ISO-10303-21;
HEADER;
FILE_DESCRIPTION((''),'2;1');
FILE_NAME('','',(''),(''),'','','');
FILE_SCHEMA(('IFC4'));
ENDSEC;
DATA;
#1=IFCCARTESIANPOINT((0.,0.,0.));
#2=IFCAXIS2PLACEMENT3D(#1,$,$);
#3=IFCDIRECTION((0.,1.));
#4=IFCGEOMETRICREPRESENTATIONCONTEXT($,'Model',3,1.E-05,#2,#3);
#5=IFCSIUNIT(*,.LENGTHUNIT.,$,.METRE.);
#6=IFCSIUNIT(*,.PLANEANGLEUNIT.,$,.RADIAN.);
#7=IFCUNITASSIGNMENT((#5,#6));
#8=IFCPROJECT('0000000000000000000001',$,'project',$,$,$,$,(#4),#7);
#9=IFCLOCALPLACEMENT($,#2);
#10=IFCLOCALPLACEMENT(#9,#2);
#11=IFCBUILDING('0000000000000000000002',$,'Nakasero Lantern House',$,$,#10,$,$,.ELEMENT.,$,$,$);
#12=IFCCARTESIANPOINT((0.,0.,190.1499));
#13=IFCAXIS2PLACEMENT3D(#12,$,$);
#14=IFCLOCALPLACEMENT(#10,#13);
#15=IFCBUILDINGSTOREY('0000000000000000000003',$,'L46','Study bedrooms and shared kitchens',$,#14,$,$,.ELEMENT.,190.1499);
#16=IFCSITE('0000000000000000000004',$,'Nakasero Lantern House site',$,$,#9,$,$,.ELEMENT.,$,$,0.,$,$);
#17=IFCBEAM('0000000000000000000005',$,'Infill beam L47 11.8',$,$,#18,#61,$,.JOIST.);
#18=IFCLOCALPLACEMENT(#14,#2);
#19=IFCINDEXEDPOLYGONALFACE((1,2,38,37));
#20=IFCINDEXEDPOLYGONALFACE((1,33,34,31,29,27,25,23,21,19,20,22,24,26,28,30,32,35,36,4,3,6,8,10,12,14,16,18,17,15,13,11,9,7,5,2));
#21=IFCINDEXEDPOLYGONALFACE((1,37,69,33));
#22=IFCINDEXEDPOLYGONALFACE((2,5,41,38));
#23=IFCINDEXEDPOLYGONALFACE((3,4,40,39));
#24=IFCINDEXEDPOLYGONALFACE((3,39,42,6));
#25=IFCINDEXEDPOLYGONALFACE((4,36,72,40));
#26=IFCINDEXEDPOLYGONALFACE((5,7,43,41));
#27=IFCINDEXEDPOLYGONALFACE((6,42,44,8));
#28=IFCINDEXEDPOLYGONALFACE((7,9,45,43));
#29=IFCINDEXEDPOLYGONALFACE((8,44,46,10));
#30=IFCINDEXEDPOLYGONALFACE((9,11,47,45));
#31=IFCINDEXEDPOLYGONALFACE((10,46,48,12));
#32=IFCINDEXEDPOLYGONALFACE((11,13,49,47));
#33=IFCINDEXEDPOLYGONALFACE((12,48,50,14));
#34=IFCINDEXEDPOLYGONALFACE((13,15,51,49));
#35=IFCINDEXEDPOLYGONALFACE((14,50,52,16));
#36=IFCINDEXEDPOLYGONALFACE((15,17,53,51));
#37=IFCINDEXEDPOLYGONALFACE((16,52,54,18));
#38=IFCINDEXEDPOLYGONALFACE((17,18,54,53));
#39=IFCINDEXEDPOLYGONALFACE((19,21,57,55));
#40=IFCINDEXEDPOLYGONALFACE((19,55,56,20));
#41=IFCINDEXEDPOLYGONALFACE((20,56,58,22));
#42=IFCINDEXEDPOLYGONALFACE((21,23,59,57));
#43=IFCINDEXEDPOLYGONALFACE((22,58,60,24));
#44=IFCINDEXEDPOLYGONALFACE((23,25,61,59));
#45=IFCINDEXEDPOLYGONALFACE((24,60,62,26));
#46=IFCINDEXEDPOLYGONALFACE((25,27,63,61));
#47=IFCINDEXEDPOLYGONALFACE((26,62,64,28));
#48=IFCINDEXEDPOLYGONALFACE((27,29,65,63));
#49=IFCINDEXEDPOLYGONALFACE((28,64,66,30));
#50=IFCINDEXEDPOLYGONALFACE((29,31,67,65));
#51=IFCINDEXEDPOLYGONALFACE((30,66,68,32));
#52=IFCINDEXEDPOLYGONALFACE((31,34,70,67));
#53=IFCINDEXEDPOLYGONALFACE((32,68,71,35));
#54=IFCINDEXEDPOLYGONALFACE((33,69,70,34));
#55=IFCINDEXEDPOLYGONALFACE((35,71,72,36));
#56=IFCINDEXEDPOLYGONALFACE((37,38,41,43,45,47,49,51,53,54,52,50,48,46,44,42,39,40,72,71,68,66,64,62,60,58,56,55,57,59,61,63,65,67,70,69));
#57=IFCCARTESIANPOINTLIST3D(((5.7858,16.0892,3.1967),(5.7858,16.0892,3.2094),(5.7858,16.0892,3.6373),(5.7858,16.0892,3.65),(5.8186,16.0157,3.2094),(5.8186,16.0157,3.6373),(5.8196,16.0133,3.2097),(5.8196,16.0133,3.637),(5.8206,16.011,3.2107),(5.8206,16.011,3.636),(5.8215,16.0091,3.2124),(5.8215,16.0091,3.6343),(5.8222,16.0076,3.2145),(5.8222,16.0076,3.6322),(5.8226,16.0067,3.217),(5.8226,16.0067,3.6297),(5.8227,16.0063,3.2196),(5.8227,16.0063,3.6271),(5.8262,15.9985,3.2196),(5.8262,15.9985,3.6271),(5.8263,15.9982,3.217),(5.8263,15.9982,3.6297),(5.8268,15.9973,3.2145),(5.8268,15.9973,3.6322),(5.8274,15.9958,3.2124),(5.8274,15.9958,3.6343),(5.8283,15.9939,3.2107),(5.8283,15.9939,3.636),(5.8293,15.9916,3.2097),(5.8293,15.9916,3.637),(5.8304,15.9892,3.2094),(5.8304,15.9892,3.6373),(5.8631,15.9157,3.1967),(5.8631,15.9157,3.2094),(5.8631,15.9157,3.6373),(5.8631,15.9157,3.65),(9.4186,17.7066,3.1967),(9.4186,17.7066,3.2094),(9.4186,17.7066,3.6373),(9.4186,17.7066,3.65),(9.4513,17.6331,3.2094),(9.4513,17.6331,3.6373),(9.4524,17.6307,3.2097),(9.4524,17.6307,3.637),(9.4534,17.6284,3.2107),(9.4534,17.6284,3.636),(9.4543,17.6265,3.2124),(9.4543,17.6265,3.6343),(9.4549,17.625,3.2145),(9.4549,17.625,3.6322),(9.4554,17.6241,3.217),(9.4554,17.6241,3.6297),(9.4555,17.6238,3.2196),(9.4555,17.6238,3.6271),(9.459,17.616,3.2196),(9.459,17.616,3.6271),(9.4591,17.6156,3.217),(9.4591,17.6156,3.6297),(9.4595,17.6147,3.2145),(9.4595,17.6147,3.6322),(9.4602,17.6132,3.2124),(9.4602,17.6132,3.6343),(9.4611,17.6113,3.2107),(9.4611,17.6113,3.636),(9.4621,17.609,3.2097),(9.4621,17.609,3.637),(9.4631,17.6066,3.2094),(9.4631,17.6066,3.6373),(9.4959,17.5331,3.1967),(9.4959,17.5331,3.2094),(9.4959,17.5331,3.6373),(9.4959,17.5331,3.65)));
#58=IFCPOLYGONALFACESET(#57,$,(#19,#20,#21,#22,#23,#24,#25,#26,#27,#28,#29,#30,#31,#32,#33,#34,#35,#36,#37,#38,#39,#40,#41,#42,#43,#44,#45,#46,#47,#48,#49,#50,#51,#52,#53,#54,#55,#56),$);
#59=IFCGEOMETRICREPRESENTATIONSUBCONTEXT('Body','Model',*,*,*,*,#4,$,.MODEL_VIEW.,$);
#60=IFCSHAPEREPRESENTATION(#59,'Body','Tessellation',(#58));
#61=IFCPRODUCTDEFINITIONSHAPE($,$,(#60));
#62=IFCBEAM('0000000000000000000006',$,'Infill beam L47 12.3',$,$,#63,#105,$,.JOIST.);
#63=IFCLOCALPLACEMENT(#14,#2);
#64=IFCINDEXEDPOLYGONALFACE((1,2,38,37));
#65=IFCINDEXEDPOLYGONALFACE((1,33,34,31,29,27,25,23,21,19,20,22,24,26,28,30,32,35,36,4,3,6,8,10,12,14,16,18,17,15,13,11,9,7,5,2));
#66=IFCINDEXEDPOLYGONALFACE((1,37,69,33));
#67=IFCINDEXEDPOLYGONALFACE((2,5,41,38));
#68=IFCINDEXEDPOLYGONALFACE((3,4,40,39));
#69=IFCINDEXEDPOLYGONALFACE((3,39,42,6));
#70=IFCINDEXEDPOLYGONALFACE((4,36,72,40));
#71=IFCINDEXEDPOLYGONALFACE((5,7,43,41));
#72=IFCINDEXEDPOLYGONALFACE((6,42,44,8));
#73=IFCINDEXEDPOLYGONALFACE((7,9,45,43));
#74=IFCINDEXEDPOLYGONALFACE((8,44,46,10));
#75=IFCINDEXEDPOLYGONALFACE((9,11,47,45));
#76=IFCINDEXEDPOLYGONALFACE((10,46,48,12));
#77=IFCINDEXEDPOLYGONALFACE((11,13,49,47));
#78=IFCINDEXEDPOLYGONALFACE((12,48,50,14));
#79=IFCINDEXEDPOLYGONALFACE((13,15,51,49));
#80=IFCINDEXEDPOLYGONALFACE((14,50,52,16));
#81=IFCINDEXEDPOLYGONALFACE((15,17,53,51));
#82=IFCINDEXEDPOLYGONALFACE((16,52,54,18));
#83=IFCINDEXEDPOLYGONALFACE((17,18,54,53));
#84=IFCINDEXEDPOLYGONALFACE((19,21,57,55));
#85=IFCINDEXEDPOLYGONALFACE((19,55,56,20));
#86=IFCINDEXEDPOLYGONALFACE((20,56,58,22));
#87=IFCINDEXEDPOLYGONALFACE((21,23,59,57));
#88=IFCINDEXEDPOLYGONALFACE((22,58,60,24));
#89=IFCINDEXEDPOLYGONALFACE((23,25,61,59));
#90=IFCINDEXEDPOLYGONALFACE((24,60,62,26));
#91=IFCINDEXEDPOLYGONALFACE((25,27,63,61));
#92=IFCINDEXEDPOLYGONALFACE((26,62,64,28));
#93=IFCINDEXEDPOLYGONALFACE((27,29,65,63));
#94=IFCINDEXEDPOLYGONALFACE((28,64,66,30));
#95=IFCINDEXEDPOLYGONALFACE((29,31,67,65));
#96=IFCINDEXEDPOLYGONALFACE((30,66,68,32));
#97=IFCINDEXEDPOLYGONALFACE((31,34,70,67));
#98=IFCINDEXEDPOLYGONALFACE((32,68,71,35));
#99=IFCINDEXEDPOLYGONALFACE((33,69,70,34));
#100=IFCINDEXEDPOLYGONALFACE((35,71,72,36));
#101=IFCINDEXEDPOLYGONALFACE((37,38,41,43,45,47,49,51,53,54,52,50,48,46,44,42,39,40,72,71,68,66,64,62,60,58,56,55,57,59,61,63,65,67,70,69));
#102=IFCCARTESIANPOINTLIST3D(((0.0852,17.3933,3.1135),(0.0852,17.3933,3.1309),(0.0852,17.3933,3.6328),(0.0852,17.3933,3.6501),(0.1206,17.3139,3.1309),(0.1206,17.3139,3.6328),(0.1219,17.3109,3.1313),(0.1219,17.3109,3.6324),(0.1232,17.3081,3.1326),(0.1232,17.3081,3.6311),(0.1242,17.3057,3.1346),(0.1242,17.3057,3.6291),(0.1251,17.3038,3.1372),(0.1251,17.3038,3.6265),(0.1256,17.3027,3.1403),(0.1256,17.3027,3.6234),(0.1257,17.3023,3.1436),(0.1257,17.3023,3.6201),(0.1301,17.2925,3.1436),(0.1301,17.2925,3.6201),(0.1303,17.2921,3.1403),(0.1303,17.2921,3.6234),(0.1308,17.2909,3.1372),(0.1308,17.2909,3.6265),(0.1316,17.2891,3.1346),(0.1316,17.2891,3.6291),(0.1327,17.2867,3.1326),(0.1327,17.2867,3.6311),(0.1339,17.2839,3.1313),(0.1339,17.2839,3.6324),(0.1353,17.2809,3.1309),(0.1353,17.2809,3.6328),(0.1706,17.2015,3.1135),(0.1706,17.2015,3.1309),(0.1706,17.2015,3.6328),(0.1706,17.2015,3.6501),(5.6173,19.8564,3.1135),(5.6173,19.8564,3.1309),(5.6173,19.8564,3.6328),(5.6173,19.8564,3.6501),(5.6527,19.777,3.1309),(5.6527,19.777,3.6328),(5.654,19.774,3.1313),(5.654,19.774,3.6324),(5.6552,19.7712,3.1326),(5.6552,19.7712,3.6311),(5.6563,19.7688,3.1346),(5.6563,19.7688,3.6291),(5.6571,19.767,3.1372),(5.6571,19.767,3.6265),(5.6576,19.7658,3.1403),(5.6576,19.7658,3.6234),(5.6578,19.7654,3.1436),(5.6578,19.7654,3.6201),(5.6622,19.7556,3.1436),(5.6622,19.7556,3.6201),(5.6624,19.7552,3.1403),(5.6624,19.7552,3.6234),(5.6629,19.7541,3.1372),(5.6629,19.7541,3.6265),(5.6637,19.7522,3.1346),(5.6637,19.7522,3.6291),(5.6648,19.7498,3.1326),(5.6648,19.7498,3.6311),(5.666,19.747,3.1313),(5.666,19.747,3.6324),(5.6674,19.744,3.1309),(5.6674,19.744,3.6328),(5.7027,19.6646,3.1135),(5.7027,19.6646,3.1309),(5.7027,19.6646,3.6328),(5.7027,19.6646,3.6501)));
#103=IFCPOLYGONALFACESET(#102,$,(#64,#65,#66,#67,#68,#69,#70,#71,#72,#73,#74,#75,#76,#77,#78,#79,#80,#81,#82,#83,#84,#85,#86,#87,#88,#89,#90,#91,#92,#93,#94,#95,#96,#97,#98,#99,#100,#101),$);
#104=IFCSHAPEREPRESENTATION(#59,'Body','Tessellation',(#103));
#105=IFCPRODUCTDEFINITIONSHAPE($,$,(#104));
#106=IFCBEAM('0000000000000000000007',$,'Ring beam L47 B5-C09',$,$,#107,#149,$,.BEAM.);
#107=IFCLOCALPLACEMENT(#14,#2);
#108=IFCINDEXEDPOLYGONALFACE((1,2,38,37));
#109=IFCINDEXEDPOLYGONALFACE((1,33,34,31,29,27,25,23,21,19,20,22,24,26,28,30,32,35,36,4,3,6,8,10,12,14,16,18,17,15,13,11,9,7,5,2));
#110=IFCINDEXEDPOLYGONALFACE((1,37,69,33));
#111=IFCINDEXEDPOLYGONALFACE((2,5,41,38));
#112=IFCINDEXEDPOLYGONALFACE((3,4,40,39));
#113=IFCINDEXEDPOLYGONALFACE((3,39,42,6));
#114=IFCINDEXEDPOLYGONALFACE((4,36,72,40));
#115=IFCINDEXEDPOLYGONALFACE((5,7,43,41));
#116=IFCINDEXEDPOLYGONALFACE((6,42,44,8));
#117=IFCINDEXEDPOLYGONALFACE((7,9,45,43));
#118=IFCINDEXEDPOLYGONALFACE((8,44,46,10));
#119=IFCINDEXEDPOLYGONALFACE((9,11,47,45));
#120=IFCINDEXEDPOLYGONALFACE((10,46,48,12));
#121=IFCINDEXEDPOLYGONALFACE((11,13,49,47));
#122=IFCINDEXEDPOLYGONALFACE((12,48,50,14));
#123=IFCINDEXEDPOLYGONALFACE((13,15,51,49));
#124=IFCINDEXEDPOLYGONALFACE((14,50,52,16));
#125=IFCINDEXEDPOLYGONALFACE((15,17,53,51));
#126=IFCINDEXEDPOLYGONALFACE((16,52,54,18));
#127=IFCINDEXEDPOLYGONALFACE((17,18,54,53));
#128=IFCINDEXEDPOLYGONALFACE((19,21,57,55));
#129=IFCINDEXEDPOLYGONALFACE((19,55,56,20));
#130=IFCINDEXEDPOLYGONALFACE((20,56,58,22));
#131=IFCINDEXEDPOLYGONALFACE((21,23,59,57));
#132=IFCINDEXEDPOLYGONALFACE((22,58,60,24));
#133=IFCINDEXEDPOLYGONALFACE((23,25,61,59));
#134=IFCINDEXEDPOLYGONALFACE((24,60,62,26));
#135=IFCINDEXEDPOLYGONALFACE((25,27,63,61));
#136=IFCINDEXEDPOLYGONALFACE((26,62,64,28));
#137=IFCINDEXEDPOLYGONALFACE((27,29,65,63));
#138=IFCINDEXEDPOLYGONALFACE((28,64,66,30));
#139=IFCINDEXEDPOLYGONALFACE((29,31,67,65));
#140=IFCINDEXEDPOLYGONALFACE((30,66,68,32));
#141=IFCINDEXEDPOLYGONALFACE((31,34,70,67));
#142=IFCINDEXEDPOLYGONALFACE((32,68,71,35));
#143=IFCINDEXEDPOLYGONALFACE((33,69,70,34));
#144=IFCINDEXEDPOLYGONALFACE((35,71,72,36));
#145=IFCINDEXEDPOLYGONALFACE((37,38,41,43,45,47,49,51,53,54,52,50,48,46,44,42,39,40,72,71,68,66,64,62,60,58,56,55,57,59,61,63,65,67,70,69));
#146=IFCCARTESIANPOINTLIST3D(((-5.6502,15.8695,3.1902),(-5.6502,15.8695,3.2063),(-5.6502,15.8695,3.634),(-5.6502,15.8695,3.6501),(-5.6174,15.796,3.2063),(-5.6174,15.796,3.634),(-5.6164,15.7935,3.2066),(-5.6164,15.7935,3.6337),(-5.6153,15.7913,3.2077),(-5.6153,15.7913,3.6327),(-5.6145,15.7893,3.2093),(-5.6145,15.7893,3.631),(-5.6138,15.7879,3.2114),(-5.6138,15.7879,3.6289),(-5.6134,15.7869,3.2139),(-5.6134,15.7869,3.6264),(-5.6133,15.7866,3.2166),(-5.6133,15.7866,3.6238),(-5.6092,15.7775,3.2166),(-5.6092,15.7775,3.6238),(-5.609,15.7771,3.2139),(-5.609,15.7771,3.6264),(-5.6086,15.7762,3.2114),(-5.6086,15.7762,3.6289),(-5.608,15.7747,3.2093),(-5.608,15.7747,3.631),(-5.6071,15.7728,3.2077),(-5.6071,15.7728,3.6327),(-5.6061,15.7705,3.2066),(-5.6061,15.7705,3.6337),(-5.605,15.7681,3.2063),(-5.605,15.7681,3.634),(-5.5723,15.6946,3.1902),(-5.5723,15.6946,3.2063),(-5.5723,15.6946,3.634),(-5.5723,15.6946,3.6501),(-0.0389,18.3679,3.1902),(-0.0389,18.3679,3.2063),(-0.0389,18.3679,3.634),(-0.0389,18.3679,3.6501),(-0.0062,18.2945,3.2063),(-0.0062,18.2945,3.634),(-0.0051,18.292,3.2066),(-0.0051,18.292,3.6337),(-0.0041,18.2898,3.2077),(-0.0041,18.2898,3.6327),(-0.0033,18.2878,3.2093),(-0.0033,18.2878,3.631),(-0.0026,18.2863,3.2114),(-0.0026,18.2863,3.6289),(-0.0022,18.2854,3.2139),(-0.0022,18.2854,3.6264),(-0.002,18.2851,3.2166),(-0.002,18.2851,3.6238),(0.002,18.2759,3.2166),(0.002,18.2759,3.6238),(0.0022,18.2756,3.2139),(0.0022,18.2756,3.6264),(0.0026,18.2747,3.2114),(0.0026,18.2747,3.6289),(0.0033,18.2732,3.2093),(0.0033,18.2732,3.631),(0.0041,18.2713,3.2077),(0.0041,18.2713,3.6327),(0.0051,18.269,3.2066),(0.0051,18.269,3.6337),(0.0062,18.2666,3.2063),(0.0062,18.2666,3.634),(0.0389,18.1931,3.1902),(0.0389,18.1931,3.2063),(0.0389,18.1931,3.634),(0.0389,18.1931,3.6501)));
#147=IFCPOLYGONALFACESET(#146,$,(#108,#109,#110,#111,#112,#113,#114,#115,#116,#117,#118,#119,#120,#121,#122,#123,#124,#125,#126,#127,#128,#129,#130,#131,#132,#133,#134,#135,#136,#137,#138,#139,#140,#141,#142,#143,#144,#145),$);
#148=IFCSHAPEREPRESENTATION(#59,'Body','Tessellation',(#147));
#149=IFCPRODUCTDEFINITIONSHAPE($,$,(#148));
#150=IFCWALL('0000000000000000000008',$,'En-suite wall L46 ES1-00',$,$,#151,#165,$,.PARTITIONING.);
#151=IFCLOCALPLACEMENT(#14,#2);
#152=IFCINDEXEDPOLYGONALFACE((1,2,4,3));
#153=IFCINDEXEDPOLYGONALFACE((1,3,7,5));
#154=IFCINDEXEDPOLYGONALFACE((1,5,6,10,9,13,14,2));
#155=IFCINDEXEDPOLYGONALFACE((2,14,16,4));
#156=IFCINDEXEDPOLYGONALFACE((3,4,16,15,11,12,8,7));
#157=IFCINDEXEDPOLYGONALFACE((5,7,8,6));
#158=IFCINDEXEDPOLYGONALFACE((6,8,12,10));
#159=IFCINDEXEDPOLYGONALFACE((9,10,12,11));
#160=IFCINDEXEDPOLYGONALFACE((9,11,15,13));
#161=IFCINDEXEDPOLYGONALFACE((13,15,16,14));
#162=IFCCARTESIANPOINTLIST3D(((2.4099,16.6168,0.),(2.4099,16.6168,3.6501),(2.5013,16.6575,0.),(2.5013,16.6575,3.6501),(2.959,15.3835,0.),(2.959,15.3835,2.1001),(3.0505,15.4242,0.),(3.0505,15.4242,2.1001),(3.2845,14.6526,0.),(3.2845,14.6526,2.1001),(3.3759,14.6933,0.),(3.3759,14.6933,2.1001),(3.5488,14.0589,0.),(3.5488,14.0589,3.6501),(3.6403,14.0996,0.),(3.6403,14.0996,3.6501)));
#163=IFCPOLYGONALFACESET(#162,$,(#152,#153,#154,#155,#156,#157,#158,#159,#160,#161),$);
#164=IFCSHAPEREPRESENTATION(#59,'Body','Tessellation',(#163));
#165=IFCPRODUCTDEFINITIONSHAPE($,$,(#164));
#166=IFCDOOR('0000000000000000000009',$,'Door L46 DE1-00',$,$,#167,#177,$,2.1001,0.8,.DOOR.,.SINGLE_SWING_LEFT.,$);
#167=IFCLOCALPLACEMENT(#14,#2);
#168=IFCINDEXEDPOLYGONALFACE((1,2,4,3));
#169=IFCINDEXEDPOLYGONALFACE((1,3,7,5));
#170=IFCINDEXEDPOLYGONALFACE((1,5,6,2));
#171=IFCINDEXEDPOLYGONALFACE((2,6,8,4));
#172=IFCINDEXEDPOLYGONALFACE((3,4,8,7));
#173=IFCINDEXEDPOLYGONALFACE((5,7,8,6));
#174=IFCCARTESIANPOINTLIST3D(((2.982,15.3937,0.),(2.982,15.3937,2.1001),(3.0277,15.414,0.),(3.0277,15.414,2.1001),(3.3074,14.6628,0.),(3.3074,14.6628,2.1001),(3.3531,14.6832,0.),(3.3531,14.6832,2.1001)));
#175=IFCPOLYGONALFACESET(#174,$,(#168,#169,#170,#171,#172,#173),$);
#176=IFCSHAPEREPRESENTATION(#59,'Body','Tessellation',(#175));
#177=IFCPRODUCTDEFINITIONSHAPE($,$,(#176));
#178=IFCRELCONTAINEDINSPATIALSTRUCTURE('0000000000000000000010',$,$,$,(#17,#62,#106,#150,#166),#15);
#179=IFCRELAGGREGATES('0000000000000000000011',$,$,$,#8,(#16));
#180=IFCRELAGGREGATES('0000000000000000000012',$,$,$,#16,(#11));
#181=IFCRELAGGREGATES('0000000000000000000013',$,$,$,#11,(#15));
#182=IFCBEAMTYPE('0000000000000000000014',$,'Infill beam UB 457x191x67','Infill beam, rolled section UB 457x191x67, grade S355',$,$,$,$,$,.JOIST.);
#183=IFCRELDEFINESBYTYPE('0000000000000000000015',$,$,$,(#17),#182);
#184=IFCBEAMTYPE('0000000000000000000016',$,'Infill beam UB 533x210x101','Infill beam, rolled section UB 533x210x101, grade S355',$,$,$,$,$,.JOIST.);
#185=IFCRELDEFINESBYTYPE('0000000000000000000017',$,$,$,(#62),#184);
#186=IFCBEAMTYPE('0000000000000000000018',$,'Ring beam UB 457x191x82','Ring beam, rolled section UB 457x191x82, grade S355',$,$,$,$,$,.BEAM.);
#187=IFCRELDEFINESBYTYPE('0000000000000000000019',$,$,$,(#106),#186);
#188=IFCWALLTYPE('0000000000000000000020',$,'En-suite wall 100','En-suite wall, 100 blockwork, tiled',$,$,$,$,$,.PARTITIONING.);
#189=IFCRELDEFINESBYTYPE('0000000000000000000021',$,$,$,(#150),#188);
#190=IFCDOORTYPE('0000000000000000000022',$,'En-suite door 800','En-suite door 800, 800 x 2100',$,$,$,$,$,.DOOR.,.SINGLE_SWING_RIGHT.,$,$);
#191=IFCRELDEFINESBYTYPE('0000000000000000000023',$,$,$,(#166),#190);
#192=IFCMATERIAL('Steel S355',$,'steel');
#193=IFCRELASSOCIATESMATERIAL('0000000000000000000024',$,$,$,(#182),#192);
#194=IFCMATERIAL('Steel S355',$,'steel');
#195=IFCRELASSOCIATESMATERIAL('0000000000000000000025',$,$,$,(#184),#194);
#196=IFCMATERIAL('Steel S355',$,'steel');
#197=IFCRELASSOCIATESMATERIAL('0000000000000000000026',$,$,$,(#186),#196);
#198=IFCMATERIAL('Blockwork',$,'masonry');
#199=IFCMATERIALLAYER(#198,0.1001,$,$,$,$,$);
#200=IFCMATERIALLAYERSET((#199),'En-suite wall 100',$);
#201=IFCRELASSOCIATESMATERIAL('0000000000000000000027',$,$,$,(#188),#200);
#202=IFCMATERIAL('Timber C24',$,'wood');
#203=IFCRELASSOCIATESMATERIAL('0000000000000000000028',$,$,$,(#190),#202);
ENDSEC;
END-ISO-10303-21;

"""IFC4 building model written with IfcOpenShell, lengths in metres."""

from ifc_helpers import new_model, si_unit, direction, frame, frame_2d, origin, origin_2d, place, context, subcontext, project, spatial, rectangle, i_section, extrude, material, layer, layer_set, material_profile, profile_set, type_object, element, fill, save


model = new_model("IFC4")

# Units and contexts
model_context = context("Model", 3, precision=1e-05, world=origin(), true_north=direction((0.0, 1.0)))
body_context = subcontext(model_context, "Body", "Model", "MODEL_VIEW")
ifc_project = project(units=[si_unit("LENGTHUNIT", "METRE"), si_unit("PLANEANGLEUNIT", "RADIAN")], contexts=[model_context])

# Site, building, storey
site_placement = place(None, origin())
site = spatial("IfcSite", under=ifc_project, at=site_placement, Name="Nakasero Lantern House site", CompositionType="ELEMENT", RefElevation=0.0)
building_placement = place(site_placement, origin())
building = spatial("IfcBuilding", under=site, at=building_placement, Name="Nakasero Lantern House", CompositionType="ELEMENT")
storey_placement = place(building_placement, frame((0.0, 0.0, 190.1499)))
storey = spatial("IfcBuildingStorey", under=building, at=storey_placement, Name="L46", Description="Study bedrooms and shared kitchens", CompositionType="ELEMENT", Elevation=190.1499)

# Beams
ifc_material_1 = material(Name="Steel S355", Category="steel")
ifc_material_profile_1 = material_profile(ifc_material_1, i_section(OverallWidth=0.1899, OverallDepth=0.4534, WebThickness=0.0085, FlangeThickness=0.0127, FilletRadius=0.0103, at=origin_2d()), Name="UB 457x191x67")
ifc_profile_set_1 = profile_set([ifc_material_profile_1], Name="Steel S355")
beam_type_1 = type_object("IfcBeamType", Name="Infill beam UB 457x191x67", Description="Infill beam, rolled section UB 457x191x67, grade S355", PredefinedType="JOIST", material=ifc_profile_set_1)
beam_1_placement = place(storey_placement, frame((5.8245, 16.0024, 3.4233), z_axis=(0.913546, 0.406736, 0.0), x_axis=(-0.406736, 0.913546, 0.0)))
element("IfcBeam", 1, at=beam_1_placement, inside=storey, type_object=beam_type_1, Name="Infill beam L47 11.8", PredefinedType="JOIST", context=body_context, shape_type="SweptSolid", body=[
    extrude(i_section(OverallWidth=0.1899, OverallDepth=0.4534, WebThickness=0.0085, FlangeThickness=0.0127, FilletRadius=0.0103, at=origin_2d()), origin(), (0.0, 0.0, 1.0), 3.9766),
])
ifc_material_2 = material(Name="Steel S355", Category="steel")
ifc_material_profile_2 = material_profile(ifc_material_2, i_section(OverallWidth=0.21, OverallDepth=0.5366, WebThickness=0.0107, FlangeThickness=0.0173, FilletRadius=0.0127, at=origin_2d()), Name="UB 533x210x101")
ifc_profile_set_2 = profile_set([ifc_material_profile_2], Name="Steel S355")
beam_type_2 = type_object("IfcBeamType", Name="Infill beam UB 533x210x101", Description="Infill beam, rolled section UB 533x210x101, grade S355", PredefinedType="JOIST", material=ifc_profile_set_2)
beam_2_placement = place(storey_placement, frame((0.1279, 17.2974, 3.3818), z_axis=(0.913537, 0.406756, 0.0), x_axis=(-0.406756, 0.913537, 0.0)))
element("IfcBeam", 2, at=beam_2_placement, inside=storey, type_object=beam_type_2, Name="Infill beam L47 12.3", PredefinedType="JOIST", context=body_context, shape_type="SweptSolid", body=[
    extrude(i_section(OverallWidth=0.21, OverallDepth=0.5366, WebThickness=0.0107, FlangeThickness=0.0173, FilletRadius=0.0127, at=origin_2d()), origin(), (0.0, 0.0, 1.0), 6.0557),
])
ifc_material_3 = material(Name="Steel S355", Category="steel")
ifc_material_profile_3 = material_profile(ifc_material_3, i_section(OverallWidth=0.1914, OverallDepth=0.46, WebThickness=0.01, FlangeThickness=0.0161, FilletRadius=0.0103, at=origin_2d()), Name="UB 457x191x82")
ifc_profile_set_3 = profile_set([ifc_material_profile_3], Name="Steel S355")
beam_type_3 = type_object("IfcBeamType", Name="Ring beam UB 457x191x82", Description="Ring beam, rolled section UB 457x191x82, grade S355", PredefinedType="BEAM", material=ifc_profile_set_3)
beam_3_placement = place(storey_placement, frame((0.0, 18.2805, 3.4202), z_axis=(-0.913533, -0.406765, 0.0), x_axis=(0.406765, -0.913533, 0.0)))
element("IfcBeam", 3, at=beam_3_placement, inside=storey, type_object=beam_type_3, Name="Ring beam L47 B5-C09", PredefinedType="BEAM", context=body_context, shape_type="SweptSolid", body=[
    extrude(i_section(OverallWidth=0.1914, OverallDepth=0.46, WebThickness=0.01, FlangeThickness=0.0161, FilletRadius=0.0103, at=origin_2d()), origin(), (0.0, 0.0, 1.0), 6.1423),
])

# Wall, opening, door
ifc_material_4 = material(Name="Blockwork", Category="masonry")
ifc_layer_1 = layer(ifc_material_4, 0.1001)
ifc_layer_set_1 = layer_set([ifc_layer_1], Name="En-suite wall 100")
wall_type_1 = type_object("IfcWallType", Name="En-suite wall 100", Description="En-suite wall, 100 blockwork, tiled", PredefinedType="PARTITIONING", material=ifc_layer_set_1)
wall_1_placement = place(storey_placement, frame((3.5945, 14.0793, 0.0), z_axis=(0.0, 0.0, 1.0), x_axis=(-0.406761, 0.913534, 0.0)))
wall_1 = element("IfcWall", 4, at=wall_1_placement, inside=storey, type_object=wall_type_1, Name="En-suite wall L46 ES1-00", PredefinedType="PARTITIONING", context=body_context, shape_type="SweptSolid", body=[
    extrude(rectangle(XDim=2.8, YDim=0.1001, at=frame_2d((1.3999, 0.0))), origin(), (0.0, 0.0, 1.0), 3.6501),
])
opening_1_placement = place(wall_1_placement, frame((0.6499, 0.0, 0.0)))
opening_1 = element("IfcOpeningElement", 5, at=opening_1_placement, cuts=wall_1, PredefinedType="OPENING", context=body_context, shape_type="SweptSolid", body=[
    extrude(rectangle(XDim=0.8, YDim=2.1001, at=frame_2d((0.3999, 1.05))), frame((0.0, 0.0701, 0.0), z_axis=(0.0, -1.0, 0.0), x_axis=(1.0, 0.0, 0.0)), (0.0, 0.0, 1.0), 0.1401),
])
ifc_material_5 = material(Name="Timber C24", Category="wood")
door_type_1 = type_object("IfcDoorType", Name="En-suite door 800", Description="En-suite door 800, 800 x 2100", OperationType="SINGLE_SWING_RIGHT", PredefinedType="DOOR", material=ifc_material_5)
door_1_placement = place(opening_1_placement, origin())
door_1 = element("IfcDoor", 6, at=door_1_placement, inside=storey, type_object=door_type_1, Name="Door L46 DE1-00", OperationType="SINGLE_SWING_LEFT", OverallHeight=2.1001, OverallWidth=0.8, PredefinedType="DOOR", context=body_context, shape_type="SweptSolid", body=[
    extrude(rectangle(XDim=0.8, YDim=2.1001, at=frame_2d((0.3999, 1.05))), frame((0.0, 0.0249, 0.0), z_axis=(0.0, -1.0, 0.0), x_axis=(1.0, 0.0, 0.0)), (0.0, 0.0, 1.0), 0.05),
])
fill(opening_1, door_1)

save(model, "model.ifc")
